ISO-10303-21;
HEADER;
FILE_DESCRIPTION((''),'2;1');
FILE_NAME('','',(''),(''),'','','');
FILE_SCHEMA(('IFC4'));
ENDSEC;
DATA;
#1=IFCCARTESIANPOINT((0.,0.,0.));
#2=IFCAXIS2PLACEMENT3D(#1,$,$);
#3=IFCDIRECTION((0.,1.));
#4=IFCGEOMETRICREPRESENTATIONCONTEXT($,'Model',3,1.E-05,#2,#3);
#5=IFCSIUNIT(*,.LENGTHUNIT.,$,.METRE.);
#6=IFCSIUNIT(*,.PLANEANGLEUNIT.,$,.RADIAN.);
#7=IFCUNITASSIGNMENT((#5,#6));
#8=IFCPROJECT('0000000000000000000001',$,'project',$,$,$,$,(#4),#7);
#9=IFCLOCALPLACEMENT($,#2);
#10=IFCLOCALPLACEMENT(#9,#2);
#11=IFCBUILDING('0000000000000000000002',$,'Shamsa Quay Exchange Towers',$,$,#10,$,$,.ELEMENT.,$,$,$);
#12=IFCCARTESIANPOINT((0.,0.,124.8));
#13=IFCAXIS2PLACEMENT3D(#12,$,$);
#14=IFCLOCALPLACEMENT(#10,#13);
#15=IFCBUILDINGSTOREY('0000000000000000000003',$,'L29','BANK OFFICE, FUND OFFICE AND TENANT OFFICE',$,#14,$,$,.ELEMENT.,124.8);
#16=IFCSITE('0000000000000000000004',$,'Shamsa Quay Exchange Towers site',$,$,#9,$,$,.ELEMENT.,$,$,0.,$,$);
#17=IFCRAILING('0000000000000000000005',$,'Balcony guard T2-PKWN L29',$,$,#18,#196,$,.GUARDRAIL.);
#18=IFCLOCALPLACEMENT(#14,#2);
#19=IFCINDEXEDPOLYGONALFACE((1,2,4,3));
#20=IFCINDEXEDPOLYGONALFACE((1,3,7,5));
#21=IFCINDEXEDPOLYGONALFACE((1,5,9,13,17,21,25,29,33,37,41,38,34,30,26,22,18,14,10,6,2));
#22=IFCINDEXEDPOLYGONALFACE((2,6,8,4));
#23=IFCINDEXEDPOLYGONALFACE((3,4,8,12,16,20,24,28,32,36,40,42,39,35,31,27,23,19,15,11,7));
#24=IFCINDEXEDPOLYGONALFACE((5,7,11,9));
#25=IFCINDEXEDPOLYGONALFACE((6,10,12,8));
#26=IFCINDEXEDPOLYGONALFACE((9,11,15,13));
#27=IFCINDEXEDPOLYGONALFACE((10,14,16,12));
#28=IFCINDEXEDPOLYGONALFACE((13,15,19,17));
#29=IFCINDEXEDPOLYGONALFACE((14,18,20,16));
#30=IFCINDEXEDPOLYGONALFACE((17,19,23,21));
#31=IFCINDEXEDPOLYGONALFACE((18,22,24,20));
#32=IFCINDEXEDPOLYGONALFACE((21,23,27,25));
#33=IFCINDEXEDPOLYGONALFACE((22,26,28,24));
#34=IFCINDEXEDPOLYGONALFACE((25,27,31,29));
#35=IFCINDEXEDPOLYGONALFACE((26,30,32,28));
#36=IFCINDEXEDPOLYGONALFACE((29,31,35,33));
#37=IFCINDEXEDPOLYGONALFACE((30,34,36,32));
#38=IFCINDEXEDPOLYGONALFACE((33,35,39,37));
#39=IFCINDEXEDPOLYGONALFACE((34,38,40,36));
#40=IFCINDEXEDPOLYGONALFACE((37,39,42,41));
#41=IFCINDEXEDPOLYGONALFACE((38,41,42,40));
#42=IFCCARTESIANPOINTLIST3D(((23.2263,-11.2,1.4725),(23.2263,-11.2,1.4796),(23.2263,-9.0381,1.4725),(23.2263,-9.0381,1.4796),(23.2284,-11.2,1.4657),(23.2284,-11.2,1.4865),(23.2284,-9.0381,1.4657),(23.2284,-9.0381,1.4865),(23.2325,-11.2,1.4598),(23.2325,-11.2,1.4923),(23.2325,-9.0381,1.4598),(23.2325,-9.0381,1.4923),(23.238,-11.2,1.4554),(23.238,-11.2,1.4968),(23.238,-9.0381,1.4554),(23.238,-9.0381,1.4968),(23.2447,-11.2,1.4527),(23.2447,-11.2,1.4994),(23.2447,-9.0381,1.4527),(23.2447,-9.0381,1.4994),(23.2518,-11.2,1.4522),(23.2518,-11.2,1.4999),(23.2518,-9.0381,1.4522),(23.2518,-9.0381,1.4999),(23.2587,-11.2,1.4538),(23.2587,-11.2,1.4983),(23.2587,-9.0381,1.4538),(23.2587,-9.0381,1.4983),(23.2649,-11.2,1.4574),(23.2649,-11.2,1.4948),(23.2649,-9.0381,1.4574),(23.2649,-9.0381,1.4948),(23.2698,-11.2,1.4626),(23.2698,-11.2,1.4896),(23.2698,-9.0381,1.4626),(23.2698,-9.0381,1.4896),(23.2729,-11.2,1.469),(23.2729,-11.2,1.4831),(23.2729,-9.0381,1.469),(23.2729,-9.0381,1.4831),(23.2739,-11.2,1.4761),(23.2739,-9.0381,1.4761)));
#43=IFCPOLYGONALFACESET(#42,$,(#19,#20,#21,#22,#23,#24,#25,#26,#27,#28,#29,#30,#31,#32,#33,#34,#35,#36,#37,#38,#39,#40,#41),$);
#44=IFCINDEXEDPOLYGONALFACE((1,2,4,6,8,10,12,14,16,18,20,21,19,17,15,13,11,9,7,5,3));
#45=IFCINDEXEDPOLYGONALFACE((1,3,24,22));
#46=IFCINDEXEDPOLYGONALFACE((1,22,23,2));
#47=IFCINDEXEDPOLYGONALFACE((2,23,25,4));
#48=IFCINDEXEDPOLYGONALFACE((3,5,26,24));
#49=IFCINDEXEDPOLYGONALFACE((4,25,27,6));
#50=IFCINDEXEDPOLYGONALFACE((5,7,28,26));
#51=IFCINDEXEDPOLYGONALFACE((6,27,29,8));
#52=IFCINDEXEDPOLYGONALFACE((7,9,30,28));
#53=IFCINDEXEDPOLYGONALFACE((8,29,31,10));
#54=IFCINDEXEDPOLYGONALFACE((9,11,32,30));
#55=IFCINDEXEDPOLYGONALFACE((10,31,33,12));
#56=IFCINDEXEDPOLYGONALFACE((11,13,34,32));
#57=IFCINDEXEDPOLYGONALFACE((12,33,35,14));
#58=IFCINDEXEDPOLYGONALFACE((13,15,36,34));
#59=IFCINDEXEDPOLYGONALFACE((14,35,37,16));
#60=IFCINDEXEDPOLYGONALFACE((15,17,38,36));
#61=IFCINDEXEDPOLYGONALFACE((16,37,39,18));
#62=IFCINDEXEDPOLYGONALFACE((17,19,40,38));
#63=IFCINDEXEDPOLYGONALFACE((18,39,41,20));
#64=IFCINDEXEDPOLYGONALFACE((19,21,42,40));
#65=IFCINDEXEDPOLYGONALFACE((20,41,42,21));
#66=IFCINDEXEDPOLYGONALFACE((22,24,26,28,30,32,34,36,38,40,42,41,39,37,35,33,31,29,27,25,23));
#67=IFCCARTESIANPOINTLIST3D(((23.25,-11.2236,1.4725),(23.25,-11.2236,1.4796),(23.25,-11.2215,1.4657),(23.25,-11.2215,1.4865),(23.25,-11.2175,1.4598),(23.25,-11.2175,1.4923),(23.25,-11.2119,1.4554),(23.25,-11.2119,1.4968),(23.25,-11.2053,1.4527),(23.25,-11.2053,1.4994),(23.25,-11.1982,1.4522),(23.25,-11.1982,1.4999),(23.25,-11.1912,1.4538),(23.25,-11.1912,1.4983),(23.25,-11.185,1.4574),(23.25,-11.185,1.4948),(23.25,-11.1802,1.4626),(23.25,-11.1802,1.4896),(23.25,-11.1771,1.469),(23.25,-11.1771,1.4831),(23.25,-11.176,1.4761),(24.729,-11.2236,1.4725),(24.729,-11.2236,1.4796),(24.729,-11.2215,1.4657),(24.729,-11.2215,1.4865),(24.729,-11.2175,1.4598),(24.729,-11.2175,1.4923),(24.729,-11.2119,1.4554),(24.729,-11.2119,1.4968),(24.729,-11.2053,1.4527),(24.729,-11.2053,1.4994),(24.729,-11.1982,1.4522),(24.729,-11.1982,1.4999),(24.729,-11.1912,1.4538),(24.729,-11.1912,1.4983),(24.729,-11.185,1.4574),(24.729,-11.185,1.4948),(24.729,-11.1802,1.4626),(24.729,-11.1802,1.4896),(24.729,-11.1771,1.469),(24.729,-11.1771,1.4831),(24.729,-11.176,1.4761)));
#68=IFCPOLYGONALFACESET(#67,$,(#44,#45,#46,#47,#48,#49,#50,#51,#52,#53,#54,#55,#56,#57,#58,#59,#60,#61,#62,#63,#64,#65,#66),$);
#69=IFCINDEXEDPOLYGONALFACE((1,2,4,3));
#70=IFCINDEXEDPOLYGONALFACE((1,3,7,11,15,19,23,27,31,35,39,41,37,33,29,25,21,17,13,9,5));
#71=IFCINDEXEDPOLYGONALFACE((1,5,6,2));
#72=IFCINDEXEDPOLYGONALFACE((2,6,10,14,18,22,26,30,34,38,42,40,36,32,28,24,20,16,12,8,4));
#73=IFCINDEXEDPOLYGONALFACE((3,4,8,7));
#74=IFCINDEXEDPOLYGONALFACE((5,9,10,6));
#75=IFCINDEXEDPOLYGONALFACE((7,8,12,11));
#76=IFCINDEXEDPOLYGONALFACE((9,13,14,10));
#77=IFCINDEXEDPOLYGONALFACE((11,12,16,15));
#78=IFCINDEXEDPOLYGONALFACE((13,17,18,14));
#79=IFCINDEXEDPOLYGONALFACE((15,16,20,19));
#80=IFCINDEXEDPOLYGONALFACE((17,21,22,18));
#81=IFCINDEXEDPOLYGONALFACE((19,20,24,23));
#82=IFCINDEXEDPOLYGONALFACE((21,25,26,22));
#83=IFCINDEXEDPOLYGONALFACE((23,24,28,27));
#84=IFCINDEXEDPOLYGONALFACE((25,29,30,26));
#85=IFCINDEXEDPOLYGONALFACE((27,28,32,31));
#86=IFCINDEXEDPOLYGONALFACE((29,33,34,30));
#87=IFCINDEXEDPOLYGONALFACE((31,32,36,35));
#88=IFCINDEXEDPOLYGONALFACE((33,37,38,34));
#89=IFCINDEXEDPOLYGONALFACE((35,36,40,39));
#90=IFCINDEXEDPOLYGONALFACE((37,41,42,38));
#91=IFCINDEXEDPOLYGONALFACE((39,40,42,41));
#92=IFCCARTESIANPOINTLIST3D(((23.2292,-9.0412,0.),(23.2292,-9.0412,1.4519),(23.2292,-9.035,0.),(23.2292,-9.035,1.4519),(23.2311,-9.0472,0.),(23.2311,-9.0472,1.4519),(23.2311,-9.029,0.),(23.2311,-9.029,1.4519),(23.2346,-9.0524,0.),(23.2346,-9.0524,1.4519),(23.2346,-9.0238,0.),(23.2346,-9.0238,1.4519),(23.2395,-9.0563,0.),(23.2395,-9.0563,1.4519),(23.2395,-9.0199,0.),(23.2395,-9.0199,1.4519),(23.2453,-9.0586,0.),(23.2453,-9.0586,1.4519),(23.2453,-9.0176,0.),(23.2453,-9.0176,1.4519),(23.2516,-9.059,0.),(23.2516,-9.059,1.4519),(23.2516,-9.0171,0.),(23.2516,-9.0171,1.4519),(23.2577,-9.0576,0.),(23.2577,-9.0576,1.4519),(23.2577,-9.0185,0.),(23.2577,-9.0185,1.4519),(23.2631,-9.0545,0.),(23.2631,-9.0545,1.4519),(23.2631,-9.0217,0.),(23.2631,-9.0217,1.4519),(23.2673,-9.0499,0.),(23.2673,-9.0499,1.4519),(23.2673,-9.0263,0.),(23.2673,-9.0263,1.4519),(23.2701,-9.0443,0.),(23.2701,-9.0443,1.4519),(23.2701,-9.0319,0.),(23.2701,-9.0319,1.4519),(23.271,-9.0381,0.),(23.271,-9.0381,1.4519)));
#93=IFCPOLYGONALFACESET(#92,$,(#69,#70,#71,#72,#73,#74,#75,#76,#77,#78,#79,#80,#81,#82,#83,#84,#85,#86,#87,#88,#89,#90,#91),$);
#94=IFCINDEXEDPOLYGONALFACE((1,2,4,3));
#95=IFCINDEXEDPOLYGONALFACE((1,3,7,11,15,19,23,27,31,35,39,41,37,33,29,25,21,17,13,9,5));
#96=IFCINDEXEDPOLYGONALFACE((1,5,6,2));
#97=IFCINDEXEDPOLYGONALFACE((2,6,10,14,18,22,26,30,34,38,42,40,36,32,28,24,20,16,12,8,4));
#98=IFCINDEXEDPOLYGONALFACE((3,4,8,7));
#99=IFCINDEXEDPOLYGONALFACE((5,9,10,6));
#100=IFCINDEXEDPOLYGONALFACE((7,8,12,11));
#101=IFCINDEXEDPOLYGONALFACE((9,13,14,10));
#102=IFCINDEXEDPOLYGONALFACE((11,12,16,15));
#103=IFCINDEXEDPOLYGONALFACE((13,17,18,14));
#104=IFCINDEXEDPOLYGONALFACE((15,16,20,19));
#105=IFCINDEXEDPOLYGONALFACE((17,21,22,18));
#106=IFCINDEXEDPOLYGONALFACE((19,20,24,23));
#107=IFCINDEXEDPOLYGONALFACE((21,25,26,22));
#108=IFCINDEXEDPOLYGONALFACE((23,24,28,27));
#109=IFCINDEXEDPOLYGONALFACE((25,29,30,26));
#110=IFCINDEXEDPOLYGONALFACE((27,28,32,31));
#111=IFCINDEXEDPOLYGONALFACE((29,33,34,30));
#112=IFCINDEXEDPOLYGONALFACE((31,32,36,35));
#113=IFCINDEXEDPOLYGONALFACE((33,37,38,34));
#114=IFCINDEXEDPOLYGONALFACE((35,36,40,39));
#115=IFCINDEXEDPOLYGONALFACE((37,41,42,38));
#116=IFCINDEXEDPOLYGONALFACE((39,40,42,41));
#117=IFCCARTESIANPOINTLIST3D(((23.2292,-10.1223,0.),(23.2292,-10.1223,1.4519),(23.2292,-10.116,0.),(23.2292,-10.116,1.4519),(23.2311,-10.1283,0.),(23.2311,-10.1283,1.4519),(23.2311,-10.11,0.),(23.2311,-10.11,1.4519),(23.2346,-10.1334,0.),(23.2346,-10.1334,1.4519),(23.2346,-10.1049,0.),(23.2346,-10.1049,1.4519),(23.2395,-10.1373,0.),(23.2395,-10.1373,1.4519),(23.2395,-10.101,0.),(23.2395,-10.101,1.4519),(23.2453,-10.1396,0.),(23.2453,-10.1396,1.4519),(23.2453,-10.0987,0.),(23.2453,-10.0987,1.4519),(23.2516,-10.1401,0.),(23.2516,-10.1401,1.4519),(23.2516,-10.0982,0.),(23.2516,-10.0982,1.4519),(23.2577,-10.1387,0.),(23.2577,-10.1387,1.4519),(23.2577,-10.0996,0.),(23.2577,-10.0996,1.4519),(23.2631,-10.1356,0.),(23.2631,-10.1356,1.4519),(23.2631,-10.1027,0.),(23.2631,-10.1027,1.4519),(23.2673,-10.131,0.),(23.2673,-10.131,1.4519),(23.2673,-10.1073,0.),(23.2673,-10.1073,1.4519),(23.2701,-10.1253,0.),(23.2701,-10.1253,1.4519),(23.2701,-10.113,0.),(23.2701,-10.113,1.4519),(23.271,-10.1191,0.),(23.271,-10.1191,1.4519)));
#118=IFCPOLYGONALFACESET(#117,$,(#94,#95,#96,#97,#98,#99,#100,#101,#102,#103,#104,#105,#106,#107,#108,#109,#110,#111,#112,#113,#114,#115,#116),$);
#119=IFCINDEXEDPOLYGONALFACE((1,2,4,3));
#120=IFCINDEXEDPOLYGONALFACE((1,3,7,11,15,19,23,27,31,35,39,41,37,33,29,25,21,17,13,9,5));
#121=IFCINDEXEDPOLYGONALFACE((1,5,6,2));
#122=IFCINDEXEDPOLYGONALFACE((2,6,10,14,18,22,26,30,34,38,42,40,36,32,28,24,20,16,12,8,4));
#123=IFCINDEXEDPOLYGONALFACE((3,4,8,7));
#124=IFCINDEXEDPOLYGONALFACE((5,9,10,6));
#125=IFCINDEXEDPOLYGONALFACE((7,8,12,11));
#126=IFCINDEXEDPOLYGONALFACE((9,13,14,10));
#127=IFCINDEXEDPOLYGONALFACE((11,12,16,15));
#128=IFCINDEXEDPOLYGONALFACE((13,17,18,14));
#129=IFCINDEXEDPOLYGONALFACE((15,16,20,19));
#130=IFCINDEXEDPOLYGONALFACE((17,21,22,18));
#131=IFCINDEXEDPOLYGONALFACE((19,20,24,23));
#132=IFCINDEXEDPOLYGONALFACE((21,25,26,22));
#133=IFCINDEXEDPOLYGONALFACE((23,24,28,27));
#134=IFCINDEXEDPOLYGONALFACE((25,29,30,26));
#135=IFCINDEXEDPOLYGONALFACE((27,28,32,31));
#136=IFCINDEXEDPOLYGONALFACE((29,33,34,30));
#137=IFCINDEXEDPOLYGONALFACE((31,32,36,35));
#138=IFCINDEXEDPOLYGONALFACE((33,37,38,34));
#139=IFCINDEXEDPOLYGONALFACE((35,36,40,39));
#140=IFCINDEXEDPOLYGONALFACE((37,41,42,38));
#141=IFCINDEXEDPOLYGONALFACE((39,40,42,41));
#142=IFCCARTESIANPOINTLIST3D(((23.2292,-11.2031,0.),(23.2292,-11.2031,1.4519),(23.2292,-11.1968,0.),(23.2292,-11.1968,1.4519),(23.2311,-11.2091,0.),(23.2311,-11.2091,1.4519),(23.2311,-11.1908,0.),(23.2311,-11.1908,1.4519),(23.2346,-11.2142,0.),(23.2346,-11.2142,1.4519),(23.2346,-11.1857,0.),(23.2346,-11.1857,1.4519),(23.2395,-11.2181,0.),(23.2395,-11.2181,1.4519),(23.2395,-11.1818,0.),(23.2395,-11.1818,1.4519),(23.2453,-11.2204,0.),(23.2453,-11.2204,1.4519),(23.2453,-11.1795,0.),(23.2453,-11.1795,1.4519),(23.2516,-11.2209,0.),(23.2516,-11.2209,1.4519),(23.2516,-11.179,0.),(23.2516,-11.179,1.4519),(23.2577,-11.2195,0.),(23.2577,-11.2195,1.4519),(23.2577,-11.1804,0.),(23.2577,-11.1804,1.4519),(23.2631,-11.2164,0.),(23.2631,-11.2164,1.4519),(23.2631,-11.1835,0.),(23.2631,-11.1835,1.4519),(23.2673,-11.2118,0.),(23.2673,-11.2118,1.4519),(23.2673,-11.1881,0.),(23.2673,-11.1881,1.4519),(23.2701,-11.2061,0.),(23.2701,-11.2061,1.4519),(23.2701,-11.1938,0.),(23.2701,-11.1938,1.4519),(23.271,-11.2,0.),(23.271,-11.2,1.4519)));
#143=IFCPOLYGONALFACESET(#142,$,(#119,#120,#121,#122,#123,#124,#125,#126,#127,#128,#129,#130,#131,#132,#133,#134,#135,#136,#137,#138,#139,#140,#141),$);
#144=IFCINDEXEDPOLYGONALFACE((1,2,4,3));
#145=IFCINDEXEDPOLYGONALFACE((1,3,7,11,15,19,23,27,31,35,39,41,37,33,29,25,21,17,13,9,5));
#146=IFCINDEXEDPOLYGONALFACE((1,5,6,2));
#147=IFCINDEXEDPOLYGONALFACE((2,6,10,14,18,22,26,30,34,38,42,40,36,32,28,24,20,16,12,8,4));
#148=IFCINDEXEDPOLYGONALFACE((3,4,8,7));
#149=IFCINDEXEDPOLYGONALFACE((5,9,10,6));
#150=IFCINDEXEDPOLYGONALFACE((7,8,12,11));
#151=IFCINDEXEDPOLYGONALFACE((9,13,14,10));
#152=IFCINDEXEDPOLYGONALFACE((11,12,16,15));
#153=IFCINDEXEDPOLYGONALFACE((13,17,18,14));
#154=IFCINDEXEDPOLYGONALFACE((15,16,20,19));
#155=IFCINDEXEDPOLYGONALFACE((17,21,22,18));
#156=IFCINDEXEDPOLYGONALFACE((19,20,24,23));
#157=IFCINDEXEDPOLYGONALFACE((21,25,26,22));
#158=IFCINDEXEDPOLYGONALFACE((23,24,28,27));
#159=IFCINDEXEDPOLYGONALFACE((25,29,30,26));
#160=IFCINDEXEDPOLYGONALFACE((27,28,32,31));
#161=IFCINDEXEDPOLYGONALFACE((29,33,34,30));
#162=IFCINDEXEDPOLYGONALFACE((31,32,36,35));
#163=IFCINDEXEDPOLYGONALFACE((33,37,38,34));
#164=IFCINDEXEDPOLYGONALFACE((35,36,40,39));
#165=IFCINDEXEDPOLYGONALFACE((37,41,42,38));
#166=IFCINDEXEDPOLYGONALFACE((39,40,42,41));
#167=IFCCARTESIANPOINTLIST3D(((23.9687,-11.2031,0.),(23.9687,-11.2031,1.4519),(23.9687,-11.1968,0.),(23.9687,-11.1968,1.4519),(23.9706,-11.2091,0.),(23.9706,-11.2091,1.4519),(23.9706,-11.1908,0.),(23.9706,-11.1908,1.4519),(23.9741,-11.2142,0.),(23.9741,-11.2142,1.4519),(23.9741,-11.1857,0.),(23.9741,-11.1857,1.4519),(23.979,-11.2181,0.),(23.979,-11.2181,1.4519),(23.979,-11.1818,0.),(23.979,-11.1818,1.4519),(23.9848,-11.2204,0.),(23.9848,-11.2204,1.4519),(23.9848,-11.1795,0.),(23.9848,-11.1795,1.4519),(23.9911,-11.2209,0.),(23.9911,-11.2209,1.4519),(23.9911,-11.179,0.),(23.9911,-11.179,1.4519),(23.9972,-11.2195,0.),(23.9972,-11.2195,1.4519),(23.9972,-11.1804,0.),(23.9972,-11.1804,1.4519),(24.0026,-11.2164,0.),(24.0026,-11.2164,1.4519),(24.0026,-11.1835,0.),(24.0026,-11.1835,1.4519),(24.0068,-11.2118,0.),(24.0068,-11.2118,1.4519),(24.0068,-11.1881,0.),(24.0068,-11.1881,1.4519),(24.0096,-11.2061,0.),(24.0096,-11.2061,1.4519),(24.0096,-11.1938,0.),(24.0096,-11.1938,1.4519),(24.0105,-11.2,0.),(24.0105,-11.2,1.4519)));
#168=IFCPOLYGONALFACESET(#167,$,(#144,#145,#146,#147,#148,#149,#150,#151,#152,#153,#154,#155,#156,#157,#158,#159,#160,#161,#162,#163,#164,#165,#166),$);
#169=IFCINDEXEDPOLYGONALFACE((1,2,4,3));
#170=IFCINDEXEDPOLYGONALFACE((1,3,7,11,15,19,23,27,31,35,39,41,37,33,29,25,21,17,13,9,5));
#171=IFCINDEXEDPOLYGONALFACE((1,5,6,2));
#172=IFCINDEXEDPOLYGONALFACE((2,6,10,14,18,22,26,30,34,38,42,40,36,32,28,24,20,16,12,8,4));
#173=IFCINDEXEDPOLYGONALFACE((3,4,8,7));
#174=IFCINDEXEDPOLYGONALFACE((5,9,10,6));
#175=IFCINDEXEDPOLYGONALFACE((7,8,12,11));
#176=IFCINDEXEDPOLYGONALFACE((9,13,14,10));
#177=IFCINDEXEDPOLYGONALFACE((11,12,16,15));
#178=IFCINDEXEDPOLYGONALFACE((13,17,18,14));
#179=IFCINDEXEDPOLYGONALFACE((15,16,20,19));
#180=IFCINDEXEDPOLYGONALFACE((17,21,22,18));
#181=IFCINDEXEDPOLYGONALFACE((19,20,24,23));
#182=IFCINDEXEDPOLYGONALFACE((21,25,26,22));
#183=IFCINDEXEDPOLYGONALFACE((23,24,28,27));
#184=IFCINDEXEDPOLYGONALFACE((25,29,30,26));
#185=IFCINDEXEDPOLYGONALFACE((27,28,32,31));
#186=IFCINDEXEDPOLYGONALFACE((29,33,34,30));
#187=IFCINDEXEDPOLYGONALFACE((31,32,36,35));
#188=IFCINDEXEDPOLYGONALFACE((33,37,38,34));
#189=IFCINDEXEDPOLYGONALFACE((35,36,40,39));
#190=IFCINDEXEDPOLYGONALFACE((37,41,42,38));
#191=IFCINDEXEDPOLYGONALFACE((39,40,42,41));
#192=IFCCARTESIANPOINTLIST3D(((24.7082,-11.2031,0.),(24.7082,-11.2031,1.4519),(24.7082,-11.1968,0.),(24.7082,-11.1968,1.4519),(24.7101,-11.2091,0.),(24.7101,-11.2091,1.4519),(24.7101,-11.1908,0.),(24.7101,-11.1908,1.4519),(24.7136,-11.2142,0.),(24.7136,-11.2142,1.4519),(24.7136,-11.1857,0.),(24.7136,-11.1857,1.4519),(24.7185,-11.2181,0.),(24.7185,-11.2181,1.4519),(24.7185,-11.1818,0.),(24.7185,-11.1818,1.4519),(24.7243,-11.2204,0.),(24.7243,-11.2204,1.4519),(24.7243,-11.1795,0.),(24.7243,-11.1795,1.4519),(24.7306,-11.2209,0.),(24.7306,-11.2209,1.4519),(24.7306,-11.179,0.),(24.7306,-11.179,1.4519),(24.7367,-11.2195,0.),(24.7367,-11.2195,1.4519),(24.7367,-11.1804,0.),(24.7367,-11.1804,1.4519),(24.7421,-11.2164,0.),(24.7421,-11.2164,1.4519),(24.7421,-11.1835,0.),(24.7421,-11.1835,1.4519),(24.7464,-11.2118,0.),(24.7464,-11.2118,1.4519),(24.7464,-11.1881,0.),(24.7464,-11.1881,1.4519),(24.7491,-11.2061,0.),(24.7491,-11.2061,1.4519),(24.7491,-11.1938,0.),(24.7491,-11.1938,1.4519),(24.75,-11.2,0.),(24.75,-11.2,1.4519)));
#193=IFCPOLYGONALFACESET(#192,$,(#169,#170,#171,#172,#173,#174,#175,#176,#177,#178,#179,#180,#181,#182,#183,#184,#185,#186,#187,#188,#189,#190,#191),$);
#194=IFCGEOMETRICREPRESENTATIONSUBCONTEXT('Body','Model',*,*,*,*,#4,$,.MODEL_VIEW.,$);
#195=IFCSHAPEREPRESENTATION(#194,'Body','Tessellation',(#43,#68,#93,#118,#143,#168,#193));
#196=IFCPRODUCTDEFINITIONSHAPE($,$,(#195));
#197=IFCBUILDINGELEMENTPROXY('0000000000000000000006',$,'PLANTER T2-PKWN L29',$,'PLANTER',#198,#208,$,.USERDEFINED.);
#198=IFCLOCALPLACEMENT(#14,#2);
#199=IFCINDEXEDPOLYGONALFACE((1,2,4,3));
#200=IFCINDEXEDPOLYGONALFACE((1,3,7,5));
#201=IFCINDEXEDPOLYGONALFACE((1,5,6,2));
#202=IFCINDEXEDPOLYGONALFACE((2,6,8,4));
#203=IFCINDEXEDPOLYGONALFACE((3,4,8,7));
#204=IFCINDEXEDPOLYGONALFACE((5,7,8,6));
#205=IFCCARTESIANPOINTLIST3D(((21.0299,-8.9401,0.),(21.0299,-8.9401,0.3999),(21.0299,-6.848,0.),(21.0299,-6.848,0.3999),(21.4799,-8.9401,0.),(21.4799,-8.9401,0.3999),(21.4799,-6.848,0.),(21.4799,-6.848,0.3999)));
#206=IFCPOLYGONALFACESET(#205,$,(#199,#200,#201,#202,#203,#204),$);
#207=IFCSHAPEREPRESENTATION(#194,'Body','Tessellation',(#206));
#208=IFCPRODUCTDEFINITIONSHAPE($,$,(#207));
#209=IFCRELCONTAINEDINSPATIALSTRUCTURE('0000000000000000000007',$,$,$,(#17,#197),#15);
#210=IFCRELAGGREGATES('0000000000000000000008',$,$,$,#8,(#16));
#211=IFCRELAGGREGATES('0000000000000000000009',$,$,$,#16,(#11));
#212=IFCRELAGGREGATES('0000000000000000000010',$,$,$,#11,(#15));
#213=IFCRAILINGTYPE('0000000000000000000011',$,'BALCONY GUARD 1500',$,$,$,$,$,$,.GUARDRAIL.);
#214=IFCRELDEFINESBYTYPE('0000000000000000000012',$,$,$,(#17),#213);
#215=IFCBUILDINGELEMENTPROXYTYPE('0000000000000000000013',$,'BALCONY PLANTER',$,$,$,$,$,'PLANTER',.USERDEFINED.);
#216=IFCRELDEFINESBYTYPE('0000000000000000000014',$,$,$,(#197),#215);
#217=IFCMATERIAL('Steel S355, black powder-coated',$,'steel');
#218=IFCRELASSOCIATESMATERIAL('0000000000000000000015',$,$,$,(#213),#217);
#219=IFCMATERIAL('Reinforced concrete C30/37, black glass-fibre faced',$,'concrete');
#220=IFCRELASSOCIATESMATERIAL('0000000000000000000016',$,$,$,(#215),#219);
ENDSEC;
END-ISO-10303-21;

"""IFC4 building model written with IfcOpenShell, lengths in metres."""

from ifc_helpers import new_model, si_unit, direction, frame, origin, origin_2d, place, context, subcontext, project, spatial, rectangle, circle, extrude, material, type_object, element, save


model = new_model("IFC4")

# Units and contexts
model_context = context("Model", 3, precision=1e-05, world=origin(), true_north=direction((0.0, 1.0)))
body_context = subcontext(model_context, "Body", "Model", "MODEL_VIEW")
ifc_project = project(units=[si_unit("LENGTHUNIT", "METRE"), si_unit("PLANEANGLEUNIT", "RADIAN")], contexts=[model_context])

# Site, building, storey
site_placement = place(None, origin())
site = spatial("IfcSite", under=ifc_project, at=site_placement, Name="Shamsa Quay Exchange Towers site", CompositionType="ELEMENT", RefElevation=0.0)
building_placement = place(site_placement, origin())
building = spatial("IfcBuilding", under=site, at=building_placement, Name="Shamsa Quay Exchange Towers", CompositionType="ELEMENT")
storey_placement = place(building_placement, frame((0.0, 0.0, 124.8)))
storey = spatial("IfcBuildingStorey", under=building, at=storey_placement, Name="L29", Description="BANK OFFICE, FUND OFFICE AND TENANT OFFICE", CompositionType="ELEMENT", Elevation=124.8)

# Railing
ifc_material_1 = material(Name="Steel S355, black powder-coated", Category="steel")
railing_type = type_object("IfcRailingType", Name="BALCONY GUARD 1500", PredefinedType="GUARDRAIL", material=ifc_material_1)
for number, where, name in (
    (1, (23.25, -9.0381, 0.0), "Balcony guard T2-PKWN L29"),
):
    element("IfcRailing", number, at=place(storey_placement, frame(where)), inside=storey, type_object=railing_type, Name=name, PredefinedType="GUARDRAIL", context=body_context, shape_type="SweptSolid", body=[
        extrude(circle(Radius=0.0239, at=origin_2d()), frame((0.0, 0.0, 1.4761), z_axis=(0.0, -1.0, 0.0), x_axis=(1.0, 0.0, 0.0)), (0.0, 0.0, 1.0), 2.1619),
        extrude(circle(Radius=0.0239, at=origin_2d()), frame((0.0, -2.1619, 1.4761), z_axis=(1.0, 0.0, 0.0), x_axis=(0.0, 1.0, 0.0)), (0.0, 0.0, 1.0), 1.479),
        extrude(circle(Radius=0.021, at=origin_2d()), origin(), (0.0, 0.0, 1.0), 1.4519),
        extrude(circle(Radius=0.021, at=origin_2d()), frame((0.0, -1.0811, 0.0)), (0.0, 0.0, 1.0), 1.4519),
        extrude(circle(Radius=0.021, at=origin_2d()), frame((0.0, -2.1619, 0.0)), (0.0, 0.0, 1.0), 1.4519),
        extrude(circle(Radius=0.021, at=origin_2d()), frame((0.7395, -2.1619, 0.0)), (0.0, 0.0, 1.0), 1.4519),
        extrude(circle(Radius=0.021, at=origin_2d()), frame((1.479, -2.1619, 0.0)), (0.0, 0.0, 1.0), 1.4519),
    ])

# Building element proxy
ifc_material_2 = material(Name="Reinforced concrete C30/37, black glass-fibre faced", Category="concrete")
building_element_proxy_type = type_object("IfcBuildingElementProxyType", Name="BALCONY PLANTER", ElementType="PLANTER", PredefinedType="USERDEFINED", material=ifc_material_2)
for number, where, z_axis, x_axis, name in (
    (2, (21.2549, -7.894, 0.0), (0.0, 0.0, 1.0), (0.0, -1.0, 0.0), "PLANTER T2-PKWN L29"),
):
    element("IfcBuildingElementProxy", number, at=place(storey_placement, frame(where, z_axis=z_axis, x_axis=x_axis)), inside=storey, type_object=building_element_proxy_type, Name=name, ObjectType="PLANTER", PredefinedType="USERDEFINED", context=body_context, shape_type="SweptSolid", body=[
        extrude(rectangle(XDim=2.092, YDim=0.45, at=origin_2d()), origin(), (0.0, 0.0, 1.0), 0.3999),
    ])

save(model, "model.ifc")
